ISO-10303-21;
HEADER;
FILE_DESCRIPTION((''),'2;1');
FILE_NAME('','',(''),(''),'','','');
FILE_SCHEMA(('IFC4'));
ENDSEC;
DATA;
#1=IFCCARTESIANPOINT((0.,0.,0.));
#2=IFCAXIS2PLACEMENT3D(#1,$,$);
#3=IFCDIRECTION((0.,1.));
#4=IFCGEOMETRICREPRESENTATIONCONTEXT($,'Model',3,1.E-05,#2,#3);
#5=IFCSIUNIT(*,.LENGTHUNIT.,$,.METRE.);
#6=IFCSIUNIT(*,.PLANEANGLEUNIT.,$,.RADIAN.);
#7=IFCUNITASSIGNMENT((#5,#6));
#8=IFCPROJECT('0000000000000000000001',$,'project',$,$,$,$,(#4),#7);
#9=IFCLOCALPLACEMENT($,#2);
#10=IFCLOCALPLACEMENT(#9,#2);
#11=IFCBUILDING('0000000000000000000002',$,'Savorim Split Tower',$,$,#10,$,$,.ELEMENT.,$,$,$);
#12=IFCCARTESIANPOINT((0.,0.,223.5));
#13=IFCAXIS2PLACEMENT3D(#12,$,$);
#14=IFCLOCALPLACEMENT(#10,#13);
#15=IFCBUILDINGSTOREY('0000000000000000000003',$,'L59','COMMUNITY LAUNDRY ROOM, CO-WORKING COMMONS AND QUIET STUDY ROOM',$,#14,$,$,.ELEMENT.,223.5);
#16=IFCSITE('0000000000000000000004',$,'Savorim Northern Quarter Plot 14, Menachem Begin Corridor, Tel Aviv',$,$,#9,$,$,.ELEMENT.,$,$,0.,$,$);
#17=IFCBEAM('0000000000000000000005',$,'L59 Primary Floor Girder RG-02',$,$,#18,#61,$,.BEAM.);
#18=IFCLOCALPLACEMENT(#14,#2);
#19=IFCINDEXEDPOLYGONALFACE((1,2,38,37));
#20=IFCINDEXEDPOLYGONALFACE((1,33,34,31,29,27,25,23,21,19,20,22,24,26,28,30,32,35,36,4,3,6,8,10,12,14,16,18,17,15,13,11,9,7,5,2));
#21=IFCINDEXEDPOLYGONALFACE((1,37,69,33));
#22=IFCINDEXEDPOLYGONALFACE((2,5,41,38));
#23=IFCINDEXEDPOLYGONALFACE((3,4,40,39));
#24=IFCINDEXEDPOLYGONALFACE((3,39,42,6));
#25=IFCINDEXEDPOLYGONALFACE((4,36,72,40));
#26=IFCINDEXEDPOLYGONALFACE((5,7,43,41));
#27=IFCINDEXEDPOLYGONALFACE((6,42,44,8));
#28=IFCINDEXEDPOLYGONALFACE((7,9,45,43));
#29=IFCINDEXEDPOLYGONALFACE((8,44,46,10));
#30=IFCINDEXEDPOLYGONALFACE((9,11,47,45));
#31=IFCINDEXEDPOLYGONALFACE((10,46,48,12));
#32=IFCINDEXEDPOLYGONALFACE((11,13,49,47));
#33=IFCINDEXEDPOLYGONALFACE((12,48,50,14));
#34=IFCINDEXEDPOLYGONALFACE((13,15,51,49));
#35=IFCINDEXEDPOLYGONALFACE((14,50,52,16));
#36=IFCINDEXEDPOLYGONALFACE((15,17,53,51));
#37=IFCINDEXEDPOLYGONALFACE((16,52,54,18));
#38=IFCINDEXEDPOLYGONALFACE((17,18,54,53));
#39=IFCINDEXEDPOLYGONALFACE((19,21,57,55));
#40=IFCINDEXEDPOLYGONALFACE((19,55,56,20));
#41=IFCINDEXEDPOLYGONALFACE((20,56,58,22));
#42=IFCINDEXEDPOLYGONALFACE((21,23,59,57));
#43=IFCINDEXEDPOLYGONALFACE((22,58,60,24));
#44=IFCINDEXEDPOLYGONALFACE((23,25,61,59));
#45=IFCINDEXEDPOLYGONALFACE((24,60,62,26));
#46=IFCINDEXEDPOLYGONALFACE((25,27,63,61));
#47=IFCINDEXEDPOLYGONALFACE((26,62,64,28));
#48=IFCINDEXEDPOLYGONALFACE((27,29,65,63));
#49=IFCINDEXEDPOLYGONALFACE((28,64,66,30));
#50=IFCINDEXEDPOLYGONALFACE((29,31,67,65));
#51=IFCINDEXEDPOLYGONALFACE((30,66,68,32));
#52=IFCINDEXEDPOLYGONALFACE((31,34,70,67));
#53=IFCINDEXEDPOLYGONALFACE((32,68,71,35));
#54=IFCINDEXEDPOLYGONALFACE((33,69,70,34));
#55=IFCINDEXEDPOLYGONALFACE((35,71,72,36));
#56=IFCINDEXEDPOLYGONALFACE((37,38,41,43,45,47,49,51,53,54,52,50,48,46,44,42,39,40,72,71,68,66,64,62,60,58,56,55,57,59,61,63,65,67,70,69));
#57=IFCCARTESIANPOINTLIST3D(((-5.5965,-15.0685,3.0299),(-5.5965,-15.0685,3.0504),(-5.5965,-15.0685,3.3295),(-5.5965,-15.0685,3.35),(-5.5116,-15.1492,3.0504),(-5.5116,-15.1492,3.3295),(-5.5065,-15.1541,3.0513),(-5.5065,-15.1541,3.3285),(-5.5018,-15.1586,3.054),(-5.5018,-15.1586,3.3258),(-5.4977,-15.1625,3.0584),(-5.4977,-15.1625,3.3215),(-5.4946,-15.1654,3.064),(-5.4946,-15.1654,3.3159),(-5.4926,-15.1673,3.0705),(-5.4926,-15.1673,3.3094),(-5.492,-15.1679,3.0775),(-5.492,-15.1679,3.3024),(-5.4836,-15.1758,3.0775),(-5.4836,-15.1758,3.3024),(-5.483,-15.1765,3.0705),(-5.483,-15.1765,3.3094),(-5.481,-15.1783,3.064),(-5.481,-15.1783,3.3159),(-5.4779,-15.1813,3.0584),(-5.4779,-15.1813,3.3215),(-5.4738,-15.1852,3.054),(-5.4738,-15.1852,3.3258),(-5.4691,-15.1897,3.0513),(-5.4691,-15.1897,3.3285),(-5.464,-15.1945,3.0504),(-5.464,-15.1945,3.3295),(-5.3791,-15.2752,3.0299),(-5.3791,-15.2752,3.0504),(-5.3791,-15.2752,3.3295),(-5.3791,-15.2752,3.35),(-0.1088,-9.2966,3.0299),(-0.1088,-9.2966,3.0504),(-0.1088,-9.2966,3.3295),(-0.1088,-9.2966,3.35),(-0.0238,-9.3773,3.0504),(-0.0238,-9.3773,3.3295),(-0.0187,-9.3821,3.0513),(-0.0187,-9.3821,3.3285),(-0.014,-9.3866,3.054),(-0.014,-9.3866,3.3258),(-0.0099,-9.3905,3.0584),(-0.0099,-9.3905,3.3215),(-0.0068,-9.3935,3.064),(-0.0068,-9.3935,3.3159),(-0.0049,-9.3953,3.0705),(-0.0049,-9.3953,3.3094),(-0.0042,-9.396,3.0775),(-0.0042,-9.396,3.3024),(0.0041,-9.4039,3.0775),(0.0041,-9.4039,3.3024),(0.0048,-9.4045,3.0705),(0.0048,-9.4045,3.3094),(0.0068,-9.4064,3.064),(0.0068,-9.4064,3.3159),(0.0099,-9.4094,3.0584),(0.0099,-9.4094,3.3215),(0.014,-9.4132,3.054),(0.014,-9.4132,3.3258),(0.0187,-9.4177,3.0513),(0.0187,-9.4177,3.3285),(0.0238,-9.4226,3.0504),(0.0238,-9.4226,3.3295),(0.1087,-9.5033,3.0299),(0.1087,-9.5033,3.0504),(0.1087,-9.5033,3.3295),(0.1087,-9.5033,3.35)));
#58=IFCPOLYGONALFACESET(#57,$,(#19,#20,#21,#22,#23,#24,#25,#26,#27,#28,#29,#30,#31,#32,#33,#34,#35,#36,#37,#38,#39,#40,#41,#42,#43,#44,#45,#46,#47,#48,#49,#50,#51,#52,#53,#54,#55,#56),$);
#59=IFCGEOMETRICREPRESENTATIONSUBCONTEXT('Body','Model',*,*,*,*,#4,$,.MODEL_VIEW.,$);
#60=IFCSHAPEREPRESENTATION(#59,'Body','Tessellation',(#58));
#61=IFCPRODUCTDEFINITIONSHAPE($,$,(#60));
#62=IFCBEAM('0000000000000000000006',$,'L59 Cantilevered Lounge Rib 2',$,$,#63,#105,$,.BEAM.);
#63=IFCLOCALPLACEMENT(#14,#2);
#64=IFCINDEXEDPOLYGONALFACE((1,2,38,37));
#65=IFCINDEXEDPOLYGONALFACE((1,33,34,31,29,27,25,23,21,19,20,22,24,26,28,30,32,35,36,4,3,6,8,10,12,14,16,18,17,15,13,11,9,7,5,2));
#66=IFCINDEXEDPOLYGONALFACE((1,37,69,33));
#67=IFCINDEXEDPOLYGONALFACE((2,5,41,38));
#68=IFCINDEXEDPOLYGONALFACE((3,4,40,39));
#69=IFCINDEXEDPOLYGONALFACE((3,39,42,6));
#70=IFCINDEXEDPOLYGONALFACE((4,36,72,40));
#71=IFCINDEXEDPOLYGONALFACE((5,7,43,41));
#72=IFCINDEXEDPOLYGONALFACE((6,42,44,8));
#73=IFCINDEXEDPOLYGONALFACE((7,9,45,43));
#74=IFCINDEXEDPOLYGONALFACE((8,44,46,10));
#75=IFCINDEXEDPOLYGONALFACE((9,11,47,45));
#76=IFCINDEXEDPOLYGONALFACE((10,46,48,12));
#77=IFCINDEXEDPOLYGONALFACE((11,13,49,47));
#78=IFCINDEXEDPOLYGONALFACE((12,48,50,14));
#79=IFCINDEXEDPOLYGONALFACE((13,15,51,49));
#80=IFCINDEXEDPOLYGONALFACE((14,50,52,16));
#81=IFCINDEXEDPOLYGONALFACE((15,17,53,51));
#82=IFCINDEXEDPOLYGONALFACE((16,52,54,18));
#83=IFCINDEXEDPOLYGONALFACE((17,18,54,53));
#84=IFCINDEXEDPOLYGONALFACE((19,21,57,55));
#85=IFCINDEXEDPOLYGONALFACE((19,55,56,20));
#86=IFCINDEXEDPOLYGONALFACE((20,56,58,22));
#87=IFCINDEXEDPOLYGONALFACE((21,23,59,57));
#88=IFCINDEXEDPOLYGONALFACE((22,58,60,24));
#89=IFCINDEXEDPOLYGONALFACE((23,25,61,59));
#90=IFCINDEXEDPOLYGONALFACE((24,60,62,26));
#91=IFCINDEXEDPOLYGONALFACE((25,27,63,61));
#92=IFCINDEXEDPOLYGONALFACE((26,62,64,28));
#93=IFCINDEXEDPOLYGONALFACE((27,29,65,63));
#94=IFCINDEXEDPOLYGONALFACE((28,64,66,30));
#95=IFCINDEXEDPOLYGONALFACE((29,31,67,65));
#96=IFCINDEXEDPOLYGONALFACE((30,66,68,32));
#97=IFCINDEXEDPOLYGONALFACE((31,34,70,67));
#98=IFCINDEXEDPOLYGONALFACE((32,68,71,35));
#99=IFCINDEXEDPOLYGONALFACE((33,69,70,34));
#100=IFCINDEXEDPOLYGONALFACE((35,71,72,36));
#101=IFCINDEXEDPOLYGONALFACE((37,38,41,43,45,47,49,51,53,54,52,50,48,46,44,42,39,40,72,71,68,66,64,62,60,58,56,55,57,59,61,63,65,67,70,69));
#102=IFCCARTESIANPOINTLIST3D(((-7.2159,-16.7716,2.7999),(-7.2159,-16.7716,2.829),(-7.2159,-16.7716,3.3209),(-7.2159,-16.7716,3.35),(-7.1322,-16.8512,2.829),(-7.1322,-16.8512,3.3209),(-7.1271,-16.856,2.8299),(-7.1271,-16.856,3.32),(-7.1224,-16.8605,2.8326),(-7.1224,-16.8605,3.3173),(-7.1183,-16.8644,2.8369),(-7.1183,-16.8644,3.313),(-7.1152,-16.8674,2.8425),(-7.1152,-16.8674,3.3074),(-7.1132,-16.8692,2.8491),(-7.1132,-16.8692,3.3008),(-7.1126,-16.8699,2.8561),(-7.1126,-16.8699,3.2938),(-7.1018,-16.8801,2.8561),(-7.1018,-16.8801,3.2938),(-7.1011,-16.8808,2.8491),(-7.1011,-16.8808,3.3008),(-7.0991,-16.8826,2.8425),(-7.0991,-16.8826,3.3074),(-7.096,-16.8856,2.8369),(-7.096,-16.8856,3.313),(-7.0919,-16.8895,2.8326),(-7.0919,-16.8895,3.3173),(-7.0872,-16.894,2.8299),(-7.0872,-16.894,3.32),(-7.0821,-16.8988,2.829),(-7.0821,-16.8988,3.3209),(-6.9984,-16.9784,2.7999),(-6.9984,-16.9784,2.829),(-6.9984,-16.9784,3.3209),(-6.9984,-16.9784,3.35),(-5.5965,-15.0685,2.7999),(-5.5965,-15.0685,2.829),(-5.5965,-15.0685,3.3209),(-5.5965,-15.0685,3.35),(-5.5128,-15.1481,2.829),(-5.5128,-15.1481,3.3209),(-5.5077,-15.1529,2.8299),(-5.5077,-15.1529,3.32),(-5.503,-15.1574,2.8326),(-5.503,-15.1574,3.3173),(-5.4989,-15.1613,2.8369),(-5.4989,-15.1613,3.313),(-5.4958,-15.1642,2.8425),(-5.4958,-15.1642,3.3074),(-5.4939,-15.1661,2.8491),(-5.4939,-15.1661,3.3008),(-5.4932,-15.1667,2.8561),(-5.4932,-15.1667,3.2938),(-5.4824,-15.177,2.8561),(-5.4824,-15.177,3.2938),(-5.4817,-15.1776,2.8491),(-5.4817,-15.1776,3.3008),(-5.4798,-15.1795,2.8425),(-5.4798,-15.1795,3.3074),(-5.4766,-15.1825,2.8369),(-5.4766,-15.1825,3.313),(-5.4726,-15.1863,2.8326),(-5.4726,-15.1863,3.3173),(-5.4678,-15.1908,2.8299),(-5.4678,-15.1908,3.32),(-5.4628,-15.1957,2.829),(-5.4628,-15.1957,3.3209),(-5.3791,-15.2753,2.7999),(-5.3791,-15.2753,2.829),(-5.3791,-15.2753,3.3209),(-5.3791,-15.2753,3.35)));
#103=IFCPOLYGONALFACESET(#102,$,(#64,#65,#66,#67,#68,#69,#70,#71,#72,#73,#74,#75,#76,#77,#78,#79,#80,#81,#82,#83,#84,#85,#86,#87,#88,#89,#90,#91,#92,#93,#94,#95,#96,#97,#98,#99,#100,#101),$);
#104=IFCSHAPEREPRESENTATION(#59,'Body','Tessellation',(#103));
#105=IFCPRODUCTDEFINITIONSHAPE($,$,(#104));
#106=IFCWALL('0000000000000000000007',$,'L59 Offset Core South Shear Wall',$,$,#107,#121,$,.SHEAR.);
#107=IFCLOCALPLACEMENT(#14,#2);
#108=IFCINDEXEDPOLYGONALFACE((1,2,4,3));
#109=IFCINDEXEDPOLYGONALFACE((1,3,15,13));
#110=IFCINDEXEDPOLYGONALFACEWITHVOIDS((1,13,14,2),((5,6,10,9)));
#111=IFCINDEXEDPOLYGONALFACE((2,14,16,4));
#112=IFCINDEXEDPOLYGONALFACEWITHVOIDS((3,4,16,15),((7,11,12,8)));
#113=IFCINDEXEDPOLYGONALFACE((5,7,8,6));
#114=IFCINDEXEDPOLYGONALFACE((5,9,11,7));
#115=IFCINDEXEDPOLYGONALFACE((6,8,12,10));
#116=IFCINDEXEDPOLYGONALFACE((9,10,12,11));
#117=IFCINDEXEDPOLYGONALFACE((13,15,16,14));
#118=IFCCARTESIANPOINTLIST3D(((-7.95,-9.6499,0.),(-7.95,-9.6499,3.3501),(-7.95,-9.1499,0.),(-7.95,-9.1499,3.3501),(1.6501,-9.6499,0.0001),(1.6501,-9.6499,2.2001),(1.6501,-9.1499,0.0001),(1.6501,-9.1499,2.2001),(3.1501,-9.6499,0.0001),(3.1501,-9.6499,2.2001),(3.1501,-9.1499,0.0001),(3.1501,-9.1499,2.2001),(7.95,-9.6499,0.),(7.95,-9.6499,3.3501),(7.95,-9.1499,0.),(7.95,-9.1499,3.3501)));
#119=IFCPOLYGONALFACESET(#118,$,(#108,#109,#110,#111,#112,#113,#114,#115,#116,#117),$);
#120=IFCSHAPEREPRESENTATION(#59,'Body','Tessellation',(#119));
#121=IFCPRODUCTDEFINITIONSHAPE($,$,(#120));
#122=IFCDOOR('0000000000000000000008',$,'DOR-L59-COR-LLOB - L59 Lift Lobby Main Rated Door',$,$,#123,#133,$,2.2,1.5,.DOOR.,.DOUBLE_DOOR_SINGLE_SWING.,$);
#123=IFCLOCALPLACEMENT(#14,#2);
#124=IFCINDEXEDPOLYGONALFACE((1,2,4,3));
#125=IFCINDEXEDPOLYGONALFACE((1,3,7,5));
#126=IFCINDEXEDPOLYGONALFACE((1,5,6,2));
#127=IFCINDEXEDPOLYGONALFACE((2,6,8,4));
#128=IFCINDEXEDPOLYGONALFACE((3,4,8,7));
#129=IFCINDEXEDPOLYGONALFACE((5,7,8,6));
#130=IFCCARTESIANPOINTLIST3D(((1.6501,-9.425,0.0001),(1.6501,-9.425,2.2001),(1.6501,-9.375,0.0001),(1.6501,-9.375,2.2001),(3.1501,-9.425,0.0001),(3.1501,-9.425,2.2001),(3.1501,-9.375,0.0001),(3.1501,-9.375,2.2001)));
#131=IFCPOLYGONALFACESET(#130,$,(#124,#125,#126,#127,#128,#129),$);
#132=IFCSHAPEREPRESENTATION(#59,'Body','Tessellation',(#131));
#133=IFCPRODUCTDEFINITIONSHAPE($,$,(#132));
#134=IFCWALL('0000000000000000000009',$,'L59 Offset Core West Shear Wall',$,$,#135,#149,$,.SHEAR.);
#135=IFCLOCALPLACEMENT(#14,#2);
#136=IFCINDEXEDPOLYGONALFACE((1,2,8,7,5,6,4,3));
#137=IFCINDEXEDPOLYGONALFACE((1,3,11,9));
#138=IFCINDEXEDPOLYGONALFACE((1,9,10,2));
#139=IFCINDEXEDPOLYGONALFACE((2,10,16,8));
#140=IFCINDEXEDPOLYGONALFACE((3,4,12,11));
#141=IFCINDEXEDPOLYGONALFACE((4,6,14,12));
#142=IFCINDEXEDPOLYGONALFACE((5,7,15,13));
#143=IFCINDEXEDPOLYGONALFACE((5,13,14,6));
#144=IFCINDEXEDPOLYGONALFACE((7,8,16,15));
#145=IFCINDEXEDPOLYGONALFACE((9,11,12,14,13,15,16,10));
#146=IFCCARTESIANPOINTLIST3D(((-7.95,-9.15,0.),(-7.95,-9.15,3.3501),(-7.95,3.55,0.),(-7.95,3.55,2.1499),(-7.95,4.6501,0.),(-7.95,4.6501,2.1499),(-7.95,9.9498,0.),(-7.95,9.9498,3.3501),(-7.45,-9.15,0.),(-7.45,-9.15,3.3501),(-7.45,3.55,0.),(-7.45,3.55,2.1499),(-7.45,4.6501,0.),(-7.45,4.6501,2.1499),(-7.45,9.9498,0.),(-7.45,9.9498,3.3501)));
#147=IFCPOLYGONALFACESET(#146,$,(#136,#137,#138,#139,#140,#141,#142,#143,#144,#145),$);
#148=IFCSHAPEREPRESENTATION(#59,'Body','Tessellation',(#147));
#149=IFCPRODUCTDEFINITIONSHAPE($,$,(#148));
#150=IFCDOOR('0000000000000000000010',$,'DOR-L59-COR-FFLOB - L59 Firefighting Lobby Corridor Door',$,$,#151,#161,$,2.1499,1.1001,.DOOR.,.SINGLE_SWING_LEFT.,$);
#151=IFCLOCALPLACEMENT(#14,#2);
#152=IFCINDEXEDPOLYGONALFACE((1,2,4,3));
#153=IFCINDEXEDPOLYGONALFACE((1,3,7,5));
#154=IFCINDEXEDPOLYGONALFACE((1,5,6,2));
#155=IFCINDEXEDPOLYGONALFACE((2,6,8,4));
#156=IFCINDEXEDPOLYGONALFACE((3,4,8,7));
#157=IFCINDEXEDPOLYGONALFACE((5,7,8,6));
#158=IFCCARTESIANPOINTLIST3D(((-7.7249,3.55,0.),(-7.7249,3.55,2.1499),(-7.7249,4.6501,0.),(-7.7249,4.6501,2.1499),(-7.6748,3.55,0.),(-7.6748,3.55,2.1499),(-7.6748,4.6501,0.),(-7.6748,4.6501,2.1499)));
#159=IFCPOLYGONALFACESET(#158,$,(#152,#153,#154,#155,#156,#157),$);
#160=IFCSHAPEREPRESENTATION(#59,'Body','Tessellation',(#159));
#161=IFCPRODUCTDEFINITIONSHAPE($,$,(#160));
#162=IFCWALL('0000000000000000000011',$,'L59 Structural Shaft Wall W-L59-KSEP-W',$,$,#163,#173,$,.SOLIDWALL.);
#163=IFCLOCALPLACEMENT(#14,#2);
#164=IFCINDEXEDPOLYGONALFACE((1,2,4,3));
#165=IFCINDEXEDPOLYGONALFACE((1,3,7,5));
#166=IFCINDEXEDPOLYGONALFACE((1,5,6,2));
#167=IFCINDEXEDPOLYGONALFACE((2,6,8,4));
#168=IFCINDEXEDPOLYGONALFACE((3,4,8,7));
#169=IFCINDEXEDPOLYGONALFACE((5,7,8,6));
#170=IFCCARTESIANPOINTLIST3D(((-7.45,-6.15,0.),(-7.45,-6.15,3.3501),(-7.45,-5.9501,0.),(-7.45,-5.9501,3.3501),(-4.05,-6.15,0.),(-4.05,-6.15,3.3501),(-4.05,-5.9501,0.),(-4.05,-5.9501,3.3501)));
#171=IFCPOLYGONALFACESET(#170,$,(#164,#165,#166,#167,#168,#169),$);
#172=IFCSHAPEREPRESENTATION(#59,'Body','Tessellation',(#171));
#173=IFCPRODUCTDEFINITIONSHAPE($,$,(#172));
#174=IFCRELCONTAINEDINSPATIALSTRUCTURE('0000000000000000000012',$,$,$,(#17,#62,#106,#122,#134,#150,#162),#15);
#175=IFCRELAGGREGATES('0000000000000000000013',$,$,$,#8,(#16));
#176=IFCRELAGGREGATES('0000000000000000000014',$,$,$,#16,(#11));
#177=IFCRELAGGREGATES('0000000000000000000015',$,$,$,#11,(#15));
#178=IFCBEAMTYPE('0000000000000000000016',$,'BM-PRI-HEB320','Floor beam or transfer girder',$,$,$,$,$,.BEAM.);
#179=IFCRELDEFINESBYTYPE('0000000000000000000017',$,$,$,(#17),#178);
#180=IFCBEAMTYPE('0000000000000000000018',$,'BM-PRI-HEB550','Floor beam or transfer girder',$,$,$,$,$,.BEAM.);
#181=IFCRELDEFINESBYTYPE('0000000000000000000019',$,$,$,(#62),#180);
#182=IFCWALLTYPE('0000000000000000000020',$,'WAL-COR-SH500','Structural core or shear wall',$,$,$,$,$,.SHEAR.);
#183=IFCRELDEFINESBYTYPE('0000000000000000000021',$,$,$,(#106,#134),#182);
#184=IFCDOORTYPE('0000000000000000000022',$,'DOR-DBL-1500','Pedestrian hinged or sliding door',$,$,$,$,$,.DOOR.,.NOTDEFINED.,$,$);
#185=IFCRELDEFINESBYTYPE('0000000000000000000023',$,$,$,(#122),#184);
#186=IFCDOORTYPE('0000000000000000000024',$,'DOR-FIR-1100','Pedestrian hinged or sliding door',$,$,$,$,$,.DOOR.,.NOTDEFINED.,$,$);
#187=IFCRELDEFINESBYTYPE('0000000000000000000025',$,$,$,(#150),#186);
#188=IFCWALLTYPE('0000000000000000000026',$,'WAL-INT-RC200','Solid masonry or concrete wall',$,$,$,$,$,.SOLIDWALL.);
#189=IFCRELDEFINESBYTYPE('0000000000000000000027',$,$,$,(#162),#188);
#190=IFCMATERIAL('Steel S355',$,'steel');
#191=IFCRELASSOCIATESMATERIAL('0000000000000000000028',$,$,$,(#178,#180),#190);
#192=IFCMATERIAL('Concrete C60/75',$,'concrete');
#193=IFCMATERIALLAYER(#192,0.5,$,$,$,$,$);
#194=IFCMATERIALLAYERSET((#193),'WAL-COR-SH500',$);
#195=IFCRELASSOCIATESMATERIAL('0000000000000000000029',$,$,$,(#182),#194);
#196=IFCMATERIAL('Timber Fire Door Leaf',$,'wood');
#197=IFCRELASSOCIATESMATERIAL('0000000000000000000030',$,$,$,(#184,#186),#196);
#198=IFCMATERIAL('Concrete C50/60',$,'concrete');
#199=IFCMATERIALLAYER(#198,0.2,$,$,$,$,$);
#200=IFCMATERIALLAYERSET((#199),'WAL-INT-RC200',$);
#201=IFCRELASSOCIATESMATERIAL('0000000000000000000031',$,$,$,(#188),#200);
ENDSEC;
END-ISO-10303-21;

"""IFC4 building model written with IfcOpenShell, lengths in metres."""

from ifc_helpers import new_model, si_unit, direction, frame, frame_2d, origin, origin_2d, place, context, subcontext, project, spatial, rectangle, i_section, extrude, material, layer, layer_set, material_profile, profile_set, type_object, element, fill, save


model = new_model("IFC4")

# Units and contexts
model_context = context("Model", 3, precision=1e-05, world=origin(), true_north=direction((0.0, 1.0)))
body_context = subcontext(model_context, "Body", "Model", "MODEL_VIEW")
ifc_project = project(units=[si_unit("LENGTHUNIT", "METRE"), si_unit("PLANEANGLEUNIT", "RADIAN")], contexts=[model_context])

# Site, building, storey
site_placement = place(None, origin())
site = spatial("IfcSite", under=ifc_project, at=site_placement, Name="Savorim Northern Quarter Plot 14, Menachem Begin Corridor, Tel Aviv", CompositionType="ELEMENT", RefElevation=0.0)
building_placement = place(site_placement, origin())
building = spatial("IfcBuilding", under=site, at=building_placement, Name="Savorim Split Tower", CompositionType="ELEMENT")
storey_placement = place(building_placement, frame((0.0, 0.0, 223.5)))
storey = spatial("IfcBuildingStorey", under=building, at=storey_placement, Name="L59", Description="COMMUNITY LAUNDRY ROOM, CO-WORKING COMMONS AND QUIET STUDY ROOM", CompositionType="ELEMENT", Elevation=223.5)

# Shared definitions
ifc_material_1 = material(Name="Steel S355", Category="steel")

# Beams
ifc_material_profile_1 = material_profile(ifc_material_1, i_section(OverallWidth=0.3, OverallDepth=0.3201, WebThickness=0.0115, FlangeThickness=0.0205, FilletRadius=0.0271, at=origin_2d()), Name="HEB 320")
ifc_profile_set_1 = profile_set([ifc_material_profile_1], Name="Steel S355")
beam_type_1 = type_object("IfcBeamType", Name="BM-PRI-HEB320", Description="Floor beam or transfer girder", PredefinedType="BEAM", material=ifc_profile_set_1)
beam_1_placement = place(storey_placement, frame((-5.4878, -15.1719, 3.1899), z_axis=(0.689041, 0.724722, 0.0), x_axis=(-0.724722, 0.689041, 0.0)))
element("IfcBeam", 1, at=beam_1_placement, inside=storey, type_object=beam_type_1, Name="L59 Primary Floor Girder RG-02", PredefinedType="BEAM", context=body_context, shape_type="SweptSolid", body=[
    extrude(i_section(OverallWidth=0.3, OverallDepth=0.3201, WebThickness=0.0115, FlangeThickness=0.0205, FilletRadius=0.0271, at=origin_2d()), origin(), (0.0, 0.0, 1.0), 7.9644),
])
ifc_material_profile_2 = material_profile(ifc_material_1, i_section(OverallWidth=0.3, OverallDepth=0.55, WebThickness=0.0149, FlangeThickness=0.0291, FilletRadius=0.0271, at=origin_2d()), Name="HEB 550")
ifc_profile_set_2 = profile_set([ifc_material_profile_2], Name="Steel S355")
beam_type_2 = type_object("IfcBeamType", Name="BM-PRI-HEB550", Description="Floor beam or transfer girder", PredefinedType="BEAM", material=ifc_profile_set_2)
beam_2_placement = place(storey_placement, frame((-5.4878, -15.1719, 3.075), z_axis=(-0.689066, -0.724698, 0.0), x_axis=(0.724698, -0.689066, 0.0)))
element("IfcBeam", 2, at=beam_2_placement, inside=storey, type_object=beam_type_2, Name="L59 Cantilevered Lounge Rib 2", PredefinedType="BEAM", context=body_context, shape_type="SweptSolid", body=[
    extrude(i_section(OverallWidth=0.3, OverallDepth=0.55, WebThickness=0.0149, FlangeThickness=0.0291, FilletRadius=0.0271, at=origin_2d()), origin(), (0.0, 0.0, 1.0), 2.3501),
])

# Walls, openings, doors
ifc_material_2 = material(Name="Concrete C60/75", Category="concrete")
ifc_layer_1 = layer(ifc_material_2, 0.5)
ifc_layer_set_1 = layer_set([ifc_layer_1], Name="WAL-COR-SH500")
wall_type_1 = type_object("IfcWallType", Name="WAL-COR-SH500", Description="Structural core or shear wall", PredefinedType="SHEAR", material=ifc_layer_set_1)
wall_1_placement = place(storey_placement, frame((-7.95, -9.3999, 0.0), z_axis=(0.0, 0.0, 1.0), x_axis=(1.0, 0.0, 0.0)))
wall_1 = element("IfcWall", 3, at=wall_1_placement, inside=storey, type_object=wall_type_1, Name="L59 Offset Core South Shear Wall", PredefinedType="SHEAR", context=body_context, shape_type="SweptSolid", body=[
    extrude(rectangle(XDim=15.8999, YDim=0.5, at=frame_2d((7.95, 0.0))), origin(), (0.0, 0.0, 1.0), 3.3501),
])
opening_1_placement = place(wall_1_placement, frame((9.6001, 0.0, 0.0)))
opening_1 = element("IfcOpeningElement", 4, at=opening_1_placement, cuts=wall_1, PredefinedType="OPENING", context=body_context, shape_type="SweptSolid", body=[
    extrude(rectangle(XDim=1.5, YDim=2.2, at=frame_2d((0.75, 1.1001))), frame((0.0, 0.26, 0.0), z_axis=(0.0, -1.0, 0.0), x_axis=(1.0, 0.0, 0.0)), (0.0, 0.0, 1.0), 0.52),
])
ifc_material_3 = material(Name="Timber Fire Door Leaf", Category="wood")
door_type_1 = type_object("IfcDoorType", Name="DOR-DBL-1500", Description="Pedestrian hinged or sliding door", OperationType="NOTDEFINED", PredefinedType="DOOR", material=ifc_material_3)
door_1_placement = place(opening_1_placement, origin())
door_1 = element("IfcDoor", 5, at=door_1_placement, inside=storey, type_object=door_type_1, Name="DOR-L59-COR-LLOB - L59 Lift Lobby Main Rated Door", OperationType="DOUBLE_DOOR_SINGLE_SWING", OverallHeight=2.2, OverallWidth=1.5, PredefinedType="DOOR", context=body_context, shape_type="SweptSolid", body=[
    extrude(rectangle(XDim=1.5, YDim=2.2, at=frame_2d((0.75, 1.1001))), frame((0.0, 0.0249, 0.0), z_axis=(0.0, -1.0, 0.0), x_axis=(1.0, 0.0, 0.0)), (0.0, 0.0, 1.0), 0.05),
])
fill(opening_1, door_1)
wall_2_placement = place(storey_placement, frame((-7.7, -9.1499, 0.0), z_axis=(0.0, 0.0, 1.0), x_axis=(0.0, 1.0, 0.0)))
wall_2 = element("IfcWall", 6, at=wall_2_placement, inside=storey, type_object=wall_type_1, Name="L59 Offset Core West Shear Wall", PredefinedType="SHEAR", context=body_context, shape_type="SweptSolid", body=[
    extrude(rectangle(XDim=19.0999, YDim=0.5, at=frame_2d((9.5498, 0.0))), origin(), (0.0, 0.0, 1.0), 3.3501),
])
opening_2_placement = place(wall_2_placement, frame((12.7, 0.0, 0.0)))
opening_2 = element("IfcOpeningElement", 7, at=opening_2_placement, cuts=wall_2, PredefinedType="OPENING", context=body_context, shape_type="SweptSolid", body=[
    extrude(rectangle(XDim=1.1001, YDim=2.1499, at=frame_2d((0.55, 1.075))), frame((0.0, 0.26, 0.0), z_axis=(0.0, -1.0, 0.0), x_axis=(1.0, 0.0, 0.0)), (0.0, 0.0, 1.0), 0.52),
])
door_type_2 = type_object("IfcDoorType", Name="DOR-FIR-1100", Description="Pedestrian hinged or sliding door", OperationType="NOTDEFINED", PredefinedType="DOOR", material=ifc_material_3)
door_2_placement = place(opening_2_placement, origin())
door_2 = element("IfcDoor", 8, at=door_2_placement, inside=storey, type_object=door_type_2, Name="DOR-L59-COR-FFLOB - L59 Firefighting Lobby Corridor Door", OperationType="SINGLE_SWING_LEFT", OverallHeight=2.1499, OverallWidth=1.1001, PredefinedType="DOOR", context=body_context, shape_type="SweptSolid", body=[
    extrude(rectangle(XDim=1.1001, YDim=2.1499, at=frame_2d((0.55, 1.075))), frame((0.0, 0.0249, 0.0), z_axis=(0.0, -1.0, 0.0), x_axis=(1.0, 0.0, 0.0)), (0.0, 0.0, 1.0), 0.05),
])
fill(opening_2, door_2)

# Wall
ifc_material_4 = material(Name="Concrete C50/60", Category="concrete")
ifc_layer_2 = layer(ifc_material_4, 0.2)
ifc_layer_set_2 = layer_set([ifc_layer_2], Name="WAL-INT-RC200")
wall_type_2 = type_object("IfcWallType", Name="WAL-INT-RC200", Description="Solid masonry or concrete wall", PredefinedType="SOLIDWALL", material=ifc_layer_set_2)
wall_3_placement = place(storey_placement, frame((-7.45, -6.05, 0.0), z_axis=(0.0, 0.0, 1.0), x_axis=(1.0, 0.0, 0.0)))
element("IfcWall", 9, at=wall_3_placement, inside=storey, type_object=wall_type_2, Name="L59 Structural Shaft Wall W-L59-KSEP-W", PredefinedType="SOLIDWALL", context=body_context, shape_type="SweptSolid", body=[
    extrude(rectangle(XDim=3.3999, YDim=0.2, at=frame_2d((1.7, 0.0))), origin(), (0.0, 0.0, 1.0), 3.3501),
])

save(model, "model.ifc")
